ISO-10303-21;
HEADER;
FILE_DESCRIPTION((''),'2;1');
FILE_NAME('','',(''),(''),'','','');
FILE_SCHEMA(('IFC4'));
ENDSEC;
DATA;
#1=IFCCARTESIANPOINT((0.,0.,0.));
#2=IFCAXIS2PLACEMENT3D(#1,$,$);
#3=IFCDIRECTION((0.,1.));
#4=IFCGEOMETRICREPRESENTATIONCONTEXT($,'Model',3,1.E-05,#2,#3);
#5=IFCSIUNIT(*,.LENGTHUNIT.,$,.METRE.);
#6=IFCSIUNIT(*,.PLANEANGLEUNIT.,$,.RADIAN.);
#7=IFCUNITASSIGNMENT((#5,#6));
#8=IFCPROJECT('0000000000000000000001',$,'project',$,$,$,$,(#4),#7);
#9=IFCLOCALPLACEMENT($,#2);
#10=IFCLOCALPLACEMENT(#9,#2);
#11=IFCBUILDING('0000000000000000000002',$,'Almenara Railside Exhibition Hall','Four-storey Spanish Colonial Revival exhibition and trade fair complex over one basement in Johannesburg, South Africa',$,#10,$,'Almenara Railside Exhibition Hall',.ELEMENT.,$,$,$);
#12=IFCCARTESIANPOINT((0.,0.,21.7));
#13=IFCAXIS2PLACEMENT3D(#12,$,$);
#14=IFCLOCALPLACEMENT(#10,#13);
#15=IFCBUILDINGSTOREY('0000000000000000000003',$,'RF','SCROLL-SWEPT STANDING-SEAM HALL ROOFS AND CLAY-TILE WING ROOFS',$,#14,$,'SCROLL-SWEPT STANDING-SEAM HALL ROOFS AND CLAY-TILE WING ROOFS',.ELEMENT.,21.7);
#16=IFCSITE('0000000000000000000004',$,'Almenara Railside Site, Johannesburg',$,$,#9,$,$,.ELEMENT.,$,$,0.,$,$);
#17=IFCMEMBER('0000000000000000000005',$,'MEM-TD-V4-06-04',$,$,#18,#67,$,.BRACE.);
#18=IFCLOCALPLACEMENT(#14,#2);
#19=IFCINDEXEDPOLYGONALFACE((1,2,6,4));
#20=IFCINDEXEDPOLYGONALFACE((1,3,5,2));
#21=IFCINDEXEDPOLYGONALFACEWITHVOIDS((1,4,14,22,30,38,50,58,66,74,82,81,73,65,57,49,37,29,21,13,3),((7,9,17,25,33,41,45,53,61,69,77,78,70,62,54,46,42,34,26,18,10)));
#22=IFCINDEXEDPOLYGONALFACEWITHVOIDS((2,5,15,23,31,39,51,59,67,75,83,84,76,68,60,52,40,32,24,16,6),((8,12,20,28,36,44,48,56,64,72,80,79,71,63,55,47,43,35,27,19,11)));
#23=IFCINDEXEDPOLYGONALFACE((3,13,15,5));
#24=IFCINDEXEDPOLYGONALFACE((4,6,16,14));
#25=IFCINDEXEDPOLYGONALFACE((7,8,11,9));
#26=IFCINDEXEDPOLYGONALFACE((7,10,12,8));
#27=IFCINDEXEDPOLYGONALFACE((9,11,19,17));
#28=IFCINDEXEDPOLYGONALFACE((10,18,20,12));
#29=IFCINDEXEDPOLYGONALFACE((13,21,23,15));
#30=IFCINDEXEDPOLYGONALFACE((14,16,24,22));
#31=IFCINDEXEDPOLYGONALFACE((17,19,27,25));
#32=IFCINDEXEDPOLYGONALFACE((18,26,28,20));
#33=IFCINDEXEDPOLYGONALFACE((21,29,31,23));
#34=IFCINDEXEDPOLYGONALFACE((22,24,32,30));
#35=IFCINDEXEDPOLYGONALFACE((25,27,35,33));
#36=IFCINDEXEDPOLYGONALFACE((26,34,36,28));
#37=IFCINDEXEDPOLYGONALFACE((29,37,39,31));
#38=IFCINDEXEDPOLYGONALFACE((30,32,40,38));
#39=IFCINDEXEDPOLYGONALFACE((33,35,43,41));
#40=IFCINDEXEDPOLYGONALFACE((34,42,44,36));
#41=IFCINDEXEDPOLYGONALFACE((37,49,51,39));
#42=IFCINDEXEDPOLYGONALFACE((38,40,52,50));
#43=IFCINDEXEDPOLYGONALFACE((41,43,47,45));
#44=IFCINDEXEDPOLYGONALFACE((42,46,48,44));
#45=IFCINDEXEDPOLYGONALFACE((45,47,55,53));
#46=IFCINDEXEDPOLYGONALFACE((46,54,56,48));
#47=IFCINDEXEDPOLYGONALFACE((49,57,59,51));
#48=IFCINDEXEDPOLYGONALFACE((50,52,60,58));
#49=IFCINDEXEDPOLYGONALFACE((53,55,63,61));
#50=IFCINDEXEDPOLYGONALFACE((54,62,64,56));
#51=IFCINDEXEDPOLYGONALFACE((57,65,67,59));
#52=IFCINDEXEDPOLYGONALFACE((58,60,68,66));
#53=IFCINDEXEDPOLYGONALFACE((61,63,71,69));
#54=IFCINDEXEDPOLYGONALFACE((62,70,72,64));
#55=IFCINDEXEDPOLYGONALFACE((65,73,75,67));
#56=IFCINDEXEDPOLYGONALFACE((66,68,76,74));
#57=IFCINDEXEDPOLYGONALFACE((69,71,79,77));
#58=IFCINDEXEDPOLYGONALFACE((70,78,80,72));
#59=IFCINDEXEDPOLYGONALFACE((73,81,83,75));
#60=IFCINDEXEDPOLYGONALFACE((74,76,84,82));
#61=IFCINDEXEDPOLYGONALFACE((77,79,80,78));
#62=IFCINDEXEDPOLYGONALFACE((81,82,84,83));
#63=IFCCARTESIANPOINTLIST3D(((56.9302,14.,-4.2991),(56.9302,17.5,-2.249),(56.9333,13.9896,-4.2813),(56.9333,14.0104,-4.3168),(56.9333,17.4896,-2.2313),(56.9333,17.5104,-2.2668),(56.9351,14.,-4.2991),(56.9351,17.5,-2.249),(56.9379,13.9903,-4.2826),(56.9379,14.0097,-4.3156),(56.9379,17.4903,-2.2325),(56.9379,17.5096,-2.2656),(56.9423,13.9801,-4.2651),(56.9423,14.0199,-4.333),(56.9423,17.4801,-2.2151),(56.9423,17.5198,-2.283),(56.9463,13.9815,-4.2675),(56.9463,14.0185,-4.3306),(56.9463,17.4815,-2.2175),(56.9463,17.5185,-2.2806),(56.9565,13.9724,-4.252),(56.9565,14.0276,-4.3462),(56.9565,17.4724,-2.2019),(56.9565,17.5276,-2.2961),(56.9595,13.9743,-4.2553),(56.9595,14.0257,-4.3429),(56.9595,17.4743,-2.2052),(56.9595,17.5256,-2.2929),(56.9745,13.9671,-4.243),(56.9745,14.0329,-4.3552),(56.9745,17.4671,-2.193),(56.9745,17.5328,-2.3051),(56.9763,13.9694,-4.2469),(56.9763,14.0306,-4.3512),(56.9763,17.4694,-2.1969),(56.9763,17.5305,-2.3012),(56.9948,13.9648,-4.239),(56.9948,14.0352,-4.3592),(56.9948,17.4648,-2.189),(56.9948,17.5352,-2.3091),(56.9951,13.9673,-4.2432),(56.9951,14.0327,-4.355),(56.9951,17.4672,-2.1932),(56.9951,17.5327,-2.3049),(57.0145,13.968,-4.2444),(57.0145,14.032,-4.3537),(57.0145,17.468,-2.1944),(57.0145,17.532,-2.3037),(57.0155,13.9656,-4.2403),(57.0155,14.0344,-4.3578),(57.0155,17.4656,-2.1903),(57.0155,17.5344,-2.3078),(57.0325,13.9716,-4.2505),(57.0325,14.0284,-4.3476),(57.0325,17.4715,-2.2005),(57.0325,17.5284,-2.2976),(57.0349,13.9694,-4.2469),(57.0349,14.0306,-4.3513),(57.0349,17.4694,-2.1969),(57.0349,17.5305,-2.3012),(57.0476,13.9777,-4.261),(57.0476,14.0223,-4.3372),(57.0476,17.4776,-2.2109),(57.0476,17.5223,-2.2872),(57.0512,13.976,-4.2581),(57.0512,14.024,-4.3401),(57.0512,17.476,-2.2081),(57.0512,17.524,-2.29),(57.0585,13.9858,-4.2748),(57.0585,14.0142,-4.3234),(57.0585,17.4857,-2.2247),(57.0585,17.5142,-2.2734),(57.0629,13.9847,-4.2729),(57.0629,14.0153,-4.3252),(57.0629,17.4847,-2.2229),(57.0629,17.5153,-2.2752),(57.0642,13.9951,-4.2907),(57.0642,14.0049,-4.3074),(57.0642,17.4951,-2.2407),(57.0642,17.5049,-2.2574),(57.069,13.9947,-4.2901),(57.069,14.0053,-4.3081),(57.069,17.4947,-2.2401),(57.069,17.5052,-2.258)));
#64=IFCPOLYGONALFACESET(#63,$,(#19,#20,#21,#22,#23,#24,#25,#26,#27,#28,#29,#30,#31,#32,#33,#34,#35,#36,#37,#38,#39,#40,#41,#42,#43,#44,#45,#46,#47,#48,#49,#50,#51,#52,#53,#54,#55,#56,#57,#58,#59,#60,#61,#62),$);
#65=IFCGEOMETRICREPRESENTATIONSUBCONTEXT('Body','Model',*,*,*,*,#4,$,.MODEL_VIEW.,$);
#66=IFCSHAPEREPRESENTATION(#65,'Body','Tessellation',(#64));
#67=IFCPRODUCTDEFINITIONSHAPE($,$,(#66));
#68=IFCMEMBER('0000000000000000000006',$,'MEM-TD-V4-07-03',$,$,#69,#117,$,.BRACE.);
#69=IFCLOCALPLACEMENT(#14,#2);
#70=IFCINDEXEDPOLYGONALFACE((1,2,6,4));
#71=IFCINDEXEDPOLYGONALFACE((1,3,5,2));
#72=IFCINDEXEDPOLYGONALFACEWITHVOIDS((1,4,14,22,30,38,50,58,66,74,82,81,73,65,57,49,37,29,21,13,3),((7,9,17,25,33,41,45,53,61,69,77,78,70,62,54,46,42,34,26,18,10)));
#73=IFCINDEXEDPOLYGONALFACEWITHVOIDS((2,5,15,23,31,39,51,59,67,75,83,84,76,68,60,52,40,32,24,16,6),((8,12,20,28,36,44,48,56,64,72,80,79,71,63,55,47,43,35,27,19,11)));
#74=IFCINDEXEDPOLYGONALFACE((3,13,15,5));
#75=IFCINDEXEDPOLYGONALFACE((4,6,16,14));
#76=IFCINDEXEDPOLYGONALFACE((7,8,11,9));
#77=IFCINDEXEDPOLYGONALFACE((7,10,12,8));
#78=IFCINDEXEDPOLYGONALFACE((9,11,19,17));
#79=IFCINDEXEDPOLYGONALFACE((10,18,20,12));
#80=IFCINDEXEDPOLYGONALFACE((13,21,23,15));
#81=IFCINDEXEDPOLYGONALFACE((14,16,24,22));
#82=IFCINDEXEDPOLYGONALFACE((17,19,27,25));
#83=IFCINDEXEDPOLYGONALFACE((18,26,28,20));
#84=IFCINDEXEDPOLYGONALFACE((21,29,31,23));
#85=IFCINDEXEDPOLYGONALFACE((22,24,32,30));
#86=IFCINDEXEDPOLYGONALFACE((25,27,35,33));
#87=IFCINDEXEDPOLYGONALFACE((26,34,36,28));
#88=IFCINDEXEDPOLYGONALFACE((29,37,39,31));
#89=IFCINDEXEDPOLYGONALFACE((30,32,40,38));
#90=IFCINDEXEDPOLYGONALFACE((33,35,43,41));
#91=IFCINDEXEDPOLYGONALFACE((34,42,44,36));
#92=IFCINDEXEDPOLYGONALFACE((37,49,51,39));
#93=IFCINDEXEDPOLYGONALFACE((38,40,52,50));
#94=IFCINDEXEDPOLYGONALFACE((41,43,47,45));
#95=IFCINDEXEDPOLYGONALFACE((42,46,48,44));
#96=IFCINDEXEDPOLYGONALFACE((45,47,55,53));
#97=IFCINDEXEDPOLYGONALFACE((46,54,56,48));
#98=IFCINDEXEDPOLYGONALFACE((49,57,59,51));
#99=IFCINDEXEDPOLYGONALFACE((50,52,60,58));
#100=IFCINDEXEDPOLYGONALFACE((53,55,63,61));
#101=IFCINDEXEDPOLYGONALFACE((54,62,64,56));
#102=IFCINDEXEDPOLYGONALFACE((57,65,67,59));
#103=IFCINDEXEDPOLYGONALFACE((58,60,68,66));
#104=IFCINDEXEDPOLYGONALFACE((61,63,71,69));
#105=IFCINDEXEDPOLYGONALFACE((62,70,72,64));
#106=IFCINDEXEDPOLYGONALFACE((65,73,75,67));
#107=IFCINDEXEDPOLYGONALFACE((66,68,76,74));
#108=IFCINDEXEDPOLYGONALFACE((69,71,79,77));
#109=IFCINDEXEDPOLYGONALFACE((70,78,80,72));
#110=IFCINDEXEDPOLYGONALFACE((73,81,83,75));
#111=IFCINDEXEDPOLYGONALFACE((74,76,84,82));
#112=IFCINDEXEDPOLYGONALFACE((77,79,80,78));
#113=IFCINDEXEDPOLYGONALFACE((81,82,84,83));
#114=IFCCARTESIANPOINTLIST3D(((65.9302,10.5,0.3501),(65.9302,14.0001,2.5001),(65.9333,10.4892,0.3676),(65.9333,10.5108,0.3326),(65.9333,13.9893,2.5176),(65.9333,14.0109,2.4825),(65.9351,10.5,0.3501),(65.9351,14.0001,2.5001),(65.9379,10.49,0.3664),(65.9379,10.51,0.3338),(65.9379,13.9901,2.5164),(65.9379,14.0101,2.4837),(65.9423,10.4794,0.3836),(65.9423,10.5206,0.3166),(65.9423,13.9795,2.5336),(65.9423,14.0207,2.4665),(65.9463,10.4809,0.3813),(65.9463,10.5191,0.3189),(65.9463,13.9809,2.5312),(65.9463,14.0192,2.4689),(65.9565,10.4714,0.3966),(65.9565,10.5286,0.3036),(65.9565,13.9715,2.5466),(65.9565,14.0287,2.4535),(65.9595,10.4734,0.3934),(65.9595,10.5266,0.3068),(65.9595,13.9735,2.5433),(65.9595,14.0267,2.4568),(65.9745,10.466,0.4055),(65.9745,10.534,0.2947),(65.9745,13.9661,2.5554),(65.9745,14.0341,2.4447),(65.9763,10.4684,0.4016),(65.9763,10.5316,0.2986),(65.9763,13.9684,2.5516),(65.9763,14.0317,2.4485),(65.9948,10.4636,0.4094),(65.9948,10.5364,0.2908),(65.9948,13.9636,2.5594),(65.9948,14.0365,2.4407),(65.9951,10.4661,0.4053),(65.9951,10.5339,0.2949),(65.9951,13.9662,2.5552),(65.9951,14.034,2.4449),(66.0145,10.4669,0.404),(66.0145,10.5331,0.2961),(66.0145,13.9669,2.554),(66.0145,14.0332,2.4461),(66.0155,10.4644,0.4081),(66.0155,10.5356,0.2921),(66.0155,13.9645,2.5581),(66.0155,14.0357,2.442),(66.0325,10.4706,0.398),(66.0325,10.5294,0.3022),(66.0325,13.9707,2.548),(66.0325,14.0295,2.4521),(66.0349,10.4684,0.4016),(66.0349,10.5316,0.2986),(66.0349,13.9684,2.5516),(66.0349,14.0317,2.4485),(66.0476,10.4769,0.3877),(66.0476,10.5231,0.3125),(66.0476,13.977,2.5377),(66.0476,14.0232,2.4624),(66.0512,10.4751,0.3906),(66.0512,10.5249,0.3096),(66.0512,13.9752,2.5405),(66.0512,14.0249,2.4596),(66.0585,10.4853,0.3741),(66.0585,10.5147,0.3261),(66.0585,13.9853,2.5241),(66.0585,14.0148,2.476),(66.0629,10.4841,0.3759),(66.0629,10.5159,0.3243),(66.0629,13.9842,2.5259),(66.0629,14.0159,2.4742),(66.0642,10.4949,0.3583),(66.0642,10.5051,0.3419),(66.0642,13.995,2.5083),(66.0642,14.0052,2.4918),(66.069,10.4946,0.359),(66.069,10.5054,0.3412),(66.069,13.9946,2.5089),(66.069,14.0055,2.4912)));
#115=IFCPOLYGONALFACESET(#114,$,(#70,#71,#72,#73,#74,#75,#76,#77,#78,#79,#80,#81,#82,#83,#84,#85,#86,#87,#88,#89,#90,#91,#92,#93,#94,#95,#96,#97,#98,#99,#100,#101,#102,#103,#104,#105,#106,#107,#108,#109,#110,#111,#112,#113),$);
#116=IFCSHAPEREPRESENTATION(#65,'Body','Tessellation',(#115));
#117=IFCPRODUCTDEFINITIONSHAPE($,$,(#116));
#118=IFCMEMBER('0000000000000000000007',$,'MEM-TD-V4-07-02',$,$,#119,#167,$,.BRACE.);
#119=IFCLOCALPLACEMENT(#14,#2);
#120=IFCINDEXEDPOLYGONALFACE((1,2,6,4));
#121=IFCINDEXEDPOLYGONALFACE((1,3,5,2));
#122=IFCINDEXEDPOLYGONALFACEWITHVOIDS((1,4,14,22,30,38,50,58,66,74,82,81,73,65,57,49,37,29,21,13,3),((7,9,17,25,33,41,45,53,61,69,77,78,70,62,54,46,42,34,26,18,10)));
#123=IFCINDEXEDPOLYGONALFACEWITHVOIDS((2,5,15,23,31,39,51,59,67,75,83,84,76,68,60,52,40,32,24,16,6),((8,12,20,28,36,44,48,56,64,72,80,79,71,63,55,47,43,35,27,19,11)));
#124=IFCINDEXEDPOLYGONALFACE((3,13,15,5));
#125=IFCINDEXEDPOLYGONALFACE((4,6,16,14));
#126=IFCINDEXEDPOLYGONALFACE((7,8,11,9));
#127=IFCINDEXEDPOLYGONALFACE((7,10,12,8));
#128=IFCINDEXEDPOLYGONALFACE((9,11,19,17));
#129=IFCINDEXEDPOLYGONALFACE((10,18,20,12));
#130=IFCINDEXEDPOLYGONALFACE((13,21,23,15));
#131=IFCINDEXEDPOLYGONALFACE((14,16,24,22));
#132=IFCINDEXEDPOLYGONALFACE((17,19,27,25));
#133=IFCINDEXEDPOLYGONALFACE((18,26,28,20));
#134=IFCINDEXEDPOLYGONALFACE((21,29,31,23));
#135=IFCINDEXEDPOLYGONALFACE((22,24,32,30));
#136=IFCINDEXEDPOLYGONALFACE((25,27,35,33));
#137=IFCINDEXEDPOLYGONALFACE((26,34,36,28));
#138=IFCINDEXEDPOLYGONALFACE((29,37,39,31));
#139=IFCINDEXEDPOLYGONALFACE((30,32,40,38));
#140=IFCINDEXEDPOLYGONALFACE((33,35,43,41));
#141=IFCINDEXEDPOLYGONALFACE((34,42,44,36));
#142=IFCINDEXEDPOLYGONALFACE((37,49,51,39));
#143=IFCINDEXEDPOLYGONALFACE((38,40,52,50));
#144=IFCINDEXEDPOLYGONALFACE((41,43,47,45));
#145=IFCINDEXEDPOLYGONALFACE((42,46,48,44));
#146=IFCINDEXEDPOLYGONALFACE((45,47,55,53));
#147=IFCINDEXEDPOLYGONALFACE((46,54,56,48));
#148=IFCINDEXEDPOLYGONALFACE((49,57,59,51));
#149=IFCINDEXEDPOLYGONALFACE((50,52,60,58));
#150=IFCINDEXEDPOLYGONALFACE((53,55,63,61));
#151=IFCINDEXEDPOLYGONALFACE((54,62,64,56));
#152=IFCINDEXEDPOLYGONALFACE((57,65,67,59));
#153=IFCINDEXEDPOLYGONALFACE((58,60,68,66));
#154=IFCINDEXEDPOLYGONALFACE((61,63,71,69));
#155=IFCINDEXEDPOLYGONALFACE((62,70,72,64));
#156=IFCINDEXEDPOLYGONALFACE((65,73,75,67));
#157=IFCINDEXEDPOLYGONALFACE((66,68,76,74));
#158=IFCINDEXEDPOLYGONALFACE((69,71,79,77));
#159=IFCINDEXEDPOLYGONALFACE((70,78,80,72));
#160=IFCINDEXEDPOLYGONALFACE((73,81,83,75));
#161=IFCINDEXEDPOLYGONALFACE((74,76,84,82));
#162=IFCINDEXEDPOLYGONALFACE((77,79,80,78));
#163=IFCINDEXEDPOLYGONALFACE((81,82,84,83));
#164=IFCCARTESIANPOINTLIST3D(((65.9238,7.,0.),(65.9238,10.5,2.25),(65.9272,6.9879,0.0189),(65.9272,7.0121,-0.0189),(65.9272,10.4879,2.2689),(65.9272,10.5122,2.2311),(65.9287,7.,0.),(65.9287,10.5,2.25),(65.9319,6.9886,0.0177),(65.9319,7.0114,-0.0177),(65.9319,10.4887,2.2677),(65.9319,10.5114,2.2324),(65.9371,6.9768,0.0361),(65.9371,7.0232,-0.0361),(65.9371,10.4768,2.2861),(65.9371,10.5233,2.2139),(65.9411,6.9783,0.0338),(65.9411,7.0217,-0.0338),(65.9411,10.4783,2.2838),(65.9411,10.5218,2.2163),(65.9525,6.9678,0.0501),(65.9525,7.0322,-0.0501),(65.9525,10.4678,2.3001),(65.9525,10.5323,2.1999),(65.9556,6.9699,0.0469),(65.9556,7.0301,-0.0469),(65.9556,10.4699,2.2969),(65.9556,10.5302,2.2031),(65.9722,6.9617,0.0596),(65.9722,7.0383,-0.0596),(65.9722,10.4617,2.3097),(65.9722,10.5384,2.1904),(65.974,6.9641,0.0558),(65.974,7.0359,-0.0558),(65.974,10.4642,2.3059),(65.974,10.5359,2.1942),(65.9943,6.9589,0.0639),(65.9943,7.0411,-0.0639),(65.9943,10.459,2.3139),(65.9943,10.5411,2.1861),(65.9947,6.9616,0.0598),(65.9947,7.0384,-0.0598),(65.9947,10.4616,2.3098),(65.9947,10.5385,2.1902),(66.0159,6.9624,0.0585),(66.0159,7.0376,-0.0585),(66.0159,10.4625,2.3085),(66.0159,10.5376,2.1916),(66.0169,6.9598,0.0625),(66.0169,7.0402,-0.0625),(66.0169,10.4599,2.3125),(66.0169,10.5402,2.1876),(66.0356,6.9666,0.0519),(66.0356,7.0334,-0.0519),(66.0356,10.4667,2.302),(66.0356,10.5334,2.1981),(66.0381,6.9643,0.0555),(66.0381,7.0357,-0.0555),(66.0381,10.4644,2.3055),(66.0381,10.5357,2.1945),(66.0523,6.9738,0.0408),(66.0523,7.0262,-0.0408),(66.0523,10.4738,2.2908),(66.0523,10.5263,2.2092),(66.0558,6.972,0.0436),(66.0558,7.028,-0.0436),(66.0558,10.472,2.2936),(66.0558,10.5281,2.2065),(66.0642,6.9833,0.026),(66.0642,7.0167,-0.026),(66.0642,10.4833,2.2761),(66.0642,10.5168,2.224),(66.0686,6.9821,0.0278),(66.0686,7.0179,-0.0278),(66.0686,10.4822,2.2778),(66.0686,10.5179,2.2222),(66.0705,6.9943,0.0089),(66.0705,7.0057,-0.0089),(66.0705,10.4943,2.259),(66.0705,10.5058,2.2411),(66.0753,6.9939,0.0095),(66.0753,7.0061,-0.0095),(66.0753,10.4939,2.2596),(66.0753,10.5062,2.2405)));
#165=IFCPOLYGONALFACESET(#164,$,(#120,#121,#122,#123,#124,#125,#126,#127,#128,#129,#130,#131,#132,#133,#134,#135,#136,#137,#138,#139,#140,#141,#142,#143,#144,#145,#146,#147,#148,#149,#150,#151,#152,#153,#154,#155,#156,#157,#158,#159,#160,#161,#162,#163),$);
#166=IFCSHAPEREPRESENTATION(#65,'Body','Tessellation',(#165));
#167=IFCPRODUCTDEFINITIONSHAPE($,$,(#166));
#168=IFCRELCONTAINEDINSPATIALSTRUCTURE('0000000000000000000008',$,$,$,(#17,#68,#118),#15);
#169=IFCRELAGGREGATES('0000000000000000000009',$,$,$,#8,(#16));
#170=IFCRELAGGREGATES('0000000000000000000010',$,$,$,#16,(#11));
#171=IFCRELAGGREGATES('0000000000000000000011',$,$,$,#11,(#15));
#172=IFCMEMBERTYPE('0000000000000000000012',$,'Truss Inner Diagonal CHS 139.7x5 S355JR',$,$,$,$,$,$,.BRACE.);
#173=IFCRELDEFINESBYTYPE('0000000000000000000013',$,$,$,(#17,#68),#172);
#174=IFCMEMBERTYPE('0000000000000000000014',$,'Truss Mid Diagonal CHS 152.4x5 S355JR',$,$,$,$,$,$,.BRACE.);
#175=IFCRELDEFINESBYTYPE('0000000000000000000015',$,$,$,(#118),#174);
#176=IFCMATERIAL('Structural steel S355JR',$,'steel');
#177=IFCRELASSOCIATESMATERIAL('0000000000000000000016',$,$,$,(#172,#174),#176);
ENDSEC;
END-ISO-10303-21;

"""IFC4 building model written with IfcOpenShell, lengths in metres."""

from ifc_helpers import new_model, si_unit, direction, frame, origin, origin_2d, place, context, subcontext, project, spatial, hollow_circle, extrude, material, material_profile, profile_set, type_object, element, save


model = new_model("IFC4")

# Units and contexts
model_context = context("Model", 3, precision=1e-05, world=origin(), true_north=direction((0.0, 1.0)))
body_context = subcontext(model_context, "Body", "Model", "MODEL_VIEW")
ifc_project = project(units=[si_unit("LENGTHUNIT", "METRE"), si_unit("PLANEANGLEUNIT", "RADIAN")], contexts=[model_context])

# Site, building, storey
site_placement = place(None, origin())
site = spatial("IfcSite", under=ifc_project, at=site_placement, Name="Almenara Railside Site, Johannesburg", CompositionType="ELEMENT", RefElevation=0.0)
building_placement = place(site_placement, origin())
building = spatial("IfcBuilding", under=site, at=building_placement, Name="Almenara Railside Exhibition Hall", Description="Four-storey Spanish Colonial Revival exhibition and trade fair complex over one basement in Johannesburg, South Africa", LongName="Almenara Railside Exhibition Hall", CompositionType="ELEMENT")
storey_placement = place(building_placement, frame((0.0, 0.0, 21.7)))
storey = spatial("IfcBuildingStorey", under=building, at=storey_placement, Name="RF", Description="SCROLL-SWEPT STANDING-SEAM HALL ROOFS AND CLAY-TILE WING ROOFS", LongName="SCROLL-SWEPT STANDING-SEAM HALL ROOFS AND CLAY-TILE WING ROOFS", CompositionType="ELEMENT", Elevation=21.7)

# Members
ifc_material_1 = material(Name="Structural steel S355JR", Category="steel")
ifc_material_profile_1 = material_profile(ifc_material_1, hollow_circle(Radius=0.0698, WallThickness=0.0049, at=origin_2d()), Name="CHS 139.7x5")
ifc_profile_set_1 = profile_set([ifc_material_profile_1], Name="Structural steel S355JR")
member_type_1 = type_object("IfcMemberType", Name="Truss Inner Diagonal CHS 139.7x5 S355JR", PredefinedType="BRACE", material=ifc_profile_set_1)
member_1_placement = place(storey_placement, frame((57.0, 14.0, -4.2991), z_axis=(0.0, 0.862878, 0.505412), x_axis=(-1.0, 0.0, 0.0)))
element("IfcMember", 1, at=member_1_placement, inside=storey, type_object=member_type_1, Name="MEM-TD-V4-06-04", PredefinedType="BRACE", context=body_context, shape_type="SweptSolid", body=[
    extrude(hollow_circle(Radius=0.0698, WallThickness=0.0049, at=origin_2d()), origin(), (0.0, 0.0, 1.0), 4.0562),
])
member_2_placement = place(storey_placement, frame((66.0, 10.5, 0.3501), z_axis=(0.0, 0.852087, 0.523401), x_axis=(-1.0, 0.0, 0.0)))
element("IfcMember", 2, at=member_2_placement, inside=storey, type_object=member_type_1, Name="MEM-TD-V4-07-03", PredefinedType="BRACE", context=body_context, shape_type="SweptSolid", body=[
    extrude(hollow_circle(Radius=0.0698, WallThickness=0.0049, at=origin_2d()), origin(), (0.0, 0.0, 1.0), 4.1077),
])
ifc_material_profile_2 = material_profile(ifc_material_1, hollow_circle(Radius=0.0762, WallThickness=0.0049, at=origin_2d()), Name="CHS 152.4x5")
ifc_profile_set_2 = profile_set([ifc_material_profile_2], Name="Structural steel S355JR")
member_type_2 = type_object("IfcMemberType", Name="Truss Mid Diagonal CHS 152.4x5 S355JR", PredefinedType="BRACE", material=ifc_profile_set_2)
member_3_placement = place(storey_placement, frame((66.0, 7.0, 0.0), z_axis=(0.0, 0.841178, 0.540758), x_axis=(-1.0, 0.0, 0.0)))
element("IfcMember", 3, at=member_3_placement, inside=storey, type_object=member_type_2, Name="MEM-TD-V4-07-02", PredefinedType="BRACE", context=body_context, shape_type="SweptSolid", body=[
    extrude(hollow_circle(Radius=0.0762, WallThickness=0.0049, at=origin_2d()), origin(), (0.0, 0.0, 1.0), 4.1609),
])

save(model, "model.ifc")
